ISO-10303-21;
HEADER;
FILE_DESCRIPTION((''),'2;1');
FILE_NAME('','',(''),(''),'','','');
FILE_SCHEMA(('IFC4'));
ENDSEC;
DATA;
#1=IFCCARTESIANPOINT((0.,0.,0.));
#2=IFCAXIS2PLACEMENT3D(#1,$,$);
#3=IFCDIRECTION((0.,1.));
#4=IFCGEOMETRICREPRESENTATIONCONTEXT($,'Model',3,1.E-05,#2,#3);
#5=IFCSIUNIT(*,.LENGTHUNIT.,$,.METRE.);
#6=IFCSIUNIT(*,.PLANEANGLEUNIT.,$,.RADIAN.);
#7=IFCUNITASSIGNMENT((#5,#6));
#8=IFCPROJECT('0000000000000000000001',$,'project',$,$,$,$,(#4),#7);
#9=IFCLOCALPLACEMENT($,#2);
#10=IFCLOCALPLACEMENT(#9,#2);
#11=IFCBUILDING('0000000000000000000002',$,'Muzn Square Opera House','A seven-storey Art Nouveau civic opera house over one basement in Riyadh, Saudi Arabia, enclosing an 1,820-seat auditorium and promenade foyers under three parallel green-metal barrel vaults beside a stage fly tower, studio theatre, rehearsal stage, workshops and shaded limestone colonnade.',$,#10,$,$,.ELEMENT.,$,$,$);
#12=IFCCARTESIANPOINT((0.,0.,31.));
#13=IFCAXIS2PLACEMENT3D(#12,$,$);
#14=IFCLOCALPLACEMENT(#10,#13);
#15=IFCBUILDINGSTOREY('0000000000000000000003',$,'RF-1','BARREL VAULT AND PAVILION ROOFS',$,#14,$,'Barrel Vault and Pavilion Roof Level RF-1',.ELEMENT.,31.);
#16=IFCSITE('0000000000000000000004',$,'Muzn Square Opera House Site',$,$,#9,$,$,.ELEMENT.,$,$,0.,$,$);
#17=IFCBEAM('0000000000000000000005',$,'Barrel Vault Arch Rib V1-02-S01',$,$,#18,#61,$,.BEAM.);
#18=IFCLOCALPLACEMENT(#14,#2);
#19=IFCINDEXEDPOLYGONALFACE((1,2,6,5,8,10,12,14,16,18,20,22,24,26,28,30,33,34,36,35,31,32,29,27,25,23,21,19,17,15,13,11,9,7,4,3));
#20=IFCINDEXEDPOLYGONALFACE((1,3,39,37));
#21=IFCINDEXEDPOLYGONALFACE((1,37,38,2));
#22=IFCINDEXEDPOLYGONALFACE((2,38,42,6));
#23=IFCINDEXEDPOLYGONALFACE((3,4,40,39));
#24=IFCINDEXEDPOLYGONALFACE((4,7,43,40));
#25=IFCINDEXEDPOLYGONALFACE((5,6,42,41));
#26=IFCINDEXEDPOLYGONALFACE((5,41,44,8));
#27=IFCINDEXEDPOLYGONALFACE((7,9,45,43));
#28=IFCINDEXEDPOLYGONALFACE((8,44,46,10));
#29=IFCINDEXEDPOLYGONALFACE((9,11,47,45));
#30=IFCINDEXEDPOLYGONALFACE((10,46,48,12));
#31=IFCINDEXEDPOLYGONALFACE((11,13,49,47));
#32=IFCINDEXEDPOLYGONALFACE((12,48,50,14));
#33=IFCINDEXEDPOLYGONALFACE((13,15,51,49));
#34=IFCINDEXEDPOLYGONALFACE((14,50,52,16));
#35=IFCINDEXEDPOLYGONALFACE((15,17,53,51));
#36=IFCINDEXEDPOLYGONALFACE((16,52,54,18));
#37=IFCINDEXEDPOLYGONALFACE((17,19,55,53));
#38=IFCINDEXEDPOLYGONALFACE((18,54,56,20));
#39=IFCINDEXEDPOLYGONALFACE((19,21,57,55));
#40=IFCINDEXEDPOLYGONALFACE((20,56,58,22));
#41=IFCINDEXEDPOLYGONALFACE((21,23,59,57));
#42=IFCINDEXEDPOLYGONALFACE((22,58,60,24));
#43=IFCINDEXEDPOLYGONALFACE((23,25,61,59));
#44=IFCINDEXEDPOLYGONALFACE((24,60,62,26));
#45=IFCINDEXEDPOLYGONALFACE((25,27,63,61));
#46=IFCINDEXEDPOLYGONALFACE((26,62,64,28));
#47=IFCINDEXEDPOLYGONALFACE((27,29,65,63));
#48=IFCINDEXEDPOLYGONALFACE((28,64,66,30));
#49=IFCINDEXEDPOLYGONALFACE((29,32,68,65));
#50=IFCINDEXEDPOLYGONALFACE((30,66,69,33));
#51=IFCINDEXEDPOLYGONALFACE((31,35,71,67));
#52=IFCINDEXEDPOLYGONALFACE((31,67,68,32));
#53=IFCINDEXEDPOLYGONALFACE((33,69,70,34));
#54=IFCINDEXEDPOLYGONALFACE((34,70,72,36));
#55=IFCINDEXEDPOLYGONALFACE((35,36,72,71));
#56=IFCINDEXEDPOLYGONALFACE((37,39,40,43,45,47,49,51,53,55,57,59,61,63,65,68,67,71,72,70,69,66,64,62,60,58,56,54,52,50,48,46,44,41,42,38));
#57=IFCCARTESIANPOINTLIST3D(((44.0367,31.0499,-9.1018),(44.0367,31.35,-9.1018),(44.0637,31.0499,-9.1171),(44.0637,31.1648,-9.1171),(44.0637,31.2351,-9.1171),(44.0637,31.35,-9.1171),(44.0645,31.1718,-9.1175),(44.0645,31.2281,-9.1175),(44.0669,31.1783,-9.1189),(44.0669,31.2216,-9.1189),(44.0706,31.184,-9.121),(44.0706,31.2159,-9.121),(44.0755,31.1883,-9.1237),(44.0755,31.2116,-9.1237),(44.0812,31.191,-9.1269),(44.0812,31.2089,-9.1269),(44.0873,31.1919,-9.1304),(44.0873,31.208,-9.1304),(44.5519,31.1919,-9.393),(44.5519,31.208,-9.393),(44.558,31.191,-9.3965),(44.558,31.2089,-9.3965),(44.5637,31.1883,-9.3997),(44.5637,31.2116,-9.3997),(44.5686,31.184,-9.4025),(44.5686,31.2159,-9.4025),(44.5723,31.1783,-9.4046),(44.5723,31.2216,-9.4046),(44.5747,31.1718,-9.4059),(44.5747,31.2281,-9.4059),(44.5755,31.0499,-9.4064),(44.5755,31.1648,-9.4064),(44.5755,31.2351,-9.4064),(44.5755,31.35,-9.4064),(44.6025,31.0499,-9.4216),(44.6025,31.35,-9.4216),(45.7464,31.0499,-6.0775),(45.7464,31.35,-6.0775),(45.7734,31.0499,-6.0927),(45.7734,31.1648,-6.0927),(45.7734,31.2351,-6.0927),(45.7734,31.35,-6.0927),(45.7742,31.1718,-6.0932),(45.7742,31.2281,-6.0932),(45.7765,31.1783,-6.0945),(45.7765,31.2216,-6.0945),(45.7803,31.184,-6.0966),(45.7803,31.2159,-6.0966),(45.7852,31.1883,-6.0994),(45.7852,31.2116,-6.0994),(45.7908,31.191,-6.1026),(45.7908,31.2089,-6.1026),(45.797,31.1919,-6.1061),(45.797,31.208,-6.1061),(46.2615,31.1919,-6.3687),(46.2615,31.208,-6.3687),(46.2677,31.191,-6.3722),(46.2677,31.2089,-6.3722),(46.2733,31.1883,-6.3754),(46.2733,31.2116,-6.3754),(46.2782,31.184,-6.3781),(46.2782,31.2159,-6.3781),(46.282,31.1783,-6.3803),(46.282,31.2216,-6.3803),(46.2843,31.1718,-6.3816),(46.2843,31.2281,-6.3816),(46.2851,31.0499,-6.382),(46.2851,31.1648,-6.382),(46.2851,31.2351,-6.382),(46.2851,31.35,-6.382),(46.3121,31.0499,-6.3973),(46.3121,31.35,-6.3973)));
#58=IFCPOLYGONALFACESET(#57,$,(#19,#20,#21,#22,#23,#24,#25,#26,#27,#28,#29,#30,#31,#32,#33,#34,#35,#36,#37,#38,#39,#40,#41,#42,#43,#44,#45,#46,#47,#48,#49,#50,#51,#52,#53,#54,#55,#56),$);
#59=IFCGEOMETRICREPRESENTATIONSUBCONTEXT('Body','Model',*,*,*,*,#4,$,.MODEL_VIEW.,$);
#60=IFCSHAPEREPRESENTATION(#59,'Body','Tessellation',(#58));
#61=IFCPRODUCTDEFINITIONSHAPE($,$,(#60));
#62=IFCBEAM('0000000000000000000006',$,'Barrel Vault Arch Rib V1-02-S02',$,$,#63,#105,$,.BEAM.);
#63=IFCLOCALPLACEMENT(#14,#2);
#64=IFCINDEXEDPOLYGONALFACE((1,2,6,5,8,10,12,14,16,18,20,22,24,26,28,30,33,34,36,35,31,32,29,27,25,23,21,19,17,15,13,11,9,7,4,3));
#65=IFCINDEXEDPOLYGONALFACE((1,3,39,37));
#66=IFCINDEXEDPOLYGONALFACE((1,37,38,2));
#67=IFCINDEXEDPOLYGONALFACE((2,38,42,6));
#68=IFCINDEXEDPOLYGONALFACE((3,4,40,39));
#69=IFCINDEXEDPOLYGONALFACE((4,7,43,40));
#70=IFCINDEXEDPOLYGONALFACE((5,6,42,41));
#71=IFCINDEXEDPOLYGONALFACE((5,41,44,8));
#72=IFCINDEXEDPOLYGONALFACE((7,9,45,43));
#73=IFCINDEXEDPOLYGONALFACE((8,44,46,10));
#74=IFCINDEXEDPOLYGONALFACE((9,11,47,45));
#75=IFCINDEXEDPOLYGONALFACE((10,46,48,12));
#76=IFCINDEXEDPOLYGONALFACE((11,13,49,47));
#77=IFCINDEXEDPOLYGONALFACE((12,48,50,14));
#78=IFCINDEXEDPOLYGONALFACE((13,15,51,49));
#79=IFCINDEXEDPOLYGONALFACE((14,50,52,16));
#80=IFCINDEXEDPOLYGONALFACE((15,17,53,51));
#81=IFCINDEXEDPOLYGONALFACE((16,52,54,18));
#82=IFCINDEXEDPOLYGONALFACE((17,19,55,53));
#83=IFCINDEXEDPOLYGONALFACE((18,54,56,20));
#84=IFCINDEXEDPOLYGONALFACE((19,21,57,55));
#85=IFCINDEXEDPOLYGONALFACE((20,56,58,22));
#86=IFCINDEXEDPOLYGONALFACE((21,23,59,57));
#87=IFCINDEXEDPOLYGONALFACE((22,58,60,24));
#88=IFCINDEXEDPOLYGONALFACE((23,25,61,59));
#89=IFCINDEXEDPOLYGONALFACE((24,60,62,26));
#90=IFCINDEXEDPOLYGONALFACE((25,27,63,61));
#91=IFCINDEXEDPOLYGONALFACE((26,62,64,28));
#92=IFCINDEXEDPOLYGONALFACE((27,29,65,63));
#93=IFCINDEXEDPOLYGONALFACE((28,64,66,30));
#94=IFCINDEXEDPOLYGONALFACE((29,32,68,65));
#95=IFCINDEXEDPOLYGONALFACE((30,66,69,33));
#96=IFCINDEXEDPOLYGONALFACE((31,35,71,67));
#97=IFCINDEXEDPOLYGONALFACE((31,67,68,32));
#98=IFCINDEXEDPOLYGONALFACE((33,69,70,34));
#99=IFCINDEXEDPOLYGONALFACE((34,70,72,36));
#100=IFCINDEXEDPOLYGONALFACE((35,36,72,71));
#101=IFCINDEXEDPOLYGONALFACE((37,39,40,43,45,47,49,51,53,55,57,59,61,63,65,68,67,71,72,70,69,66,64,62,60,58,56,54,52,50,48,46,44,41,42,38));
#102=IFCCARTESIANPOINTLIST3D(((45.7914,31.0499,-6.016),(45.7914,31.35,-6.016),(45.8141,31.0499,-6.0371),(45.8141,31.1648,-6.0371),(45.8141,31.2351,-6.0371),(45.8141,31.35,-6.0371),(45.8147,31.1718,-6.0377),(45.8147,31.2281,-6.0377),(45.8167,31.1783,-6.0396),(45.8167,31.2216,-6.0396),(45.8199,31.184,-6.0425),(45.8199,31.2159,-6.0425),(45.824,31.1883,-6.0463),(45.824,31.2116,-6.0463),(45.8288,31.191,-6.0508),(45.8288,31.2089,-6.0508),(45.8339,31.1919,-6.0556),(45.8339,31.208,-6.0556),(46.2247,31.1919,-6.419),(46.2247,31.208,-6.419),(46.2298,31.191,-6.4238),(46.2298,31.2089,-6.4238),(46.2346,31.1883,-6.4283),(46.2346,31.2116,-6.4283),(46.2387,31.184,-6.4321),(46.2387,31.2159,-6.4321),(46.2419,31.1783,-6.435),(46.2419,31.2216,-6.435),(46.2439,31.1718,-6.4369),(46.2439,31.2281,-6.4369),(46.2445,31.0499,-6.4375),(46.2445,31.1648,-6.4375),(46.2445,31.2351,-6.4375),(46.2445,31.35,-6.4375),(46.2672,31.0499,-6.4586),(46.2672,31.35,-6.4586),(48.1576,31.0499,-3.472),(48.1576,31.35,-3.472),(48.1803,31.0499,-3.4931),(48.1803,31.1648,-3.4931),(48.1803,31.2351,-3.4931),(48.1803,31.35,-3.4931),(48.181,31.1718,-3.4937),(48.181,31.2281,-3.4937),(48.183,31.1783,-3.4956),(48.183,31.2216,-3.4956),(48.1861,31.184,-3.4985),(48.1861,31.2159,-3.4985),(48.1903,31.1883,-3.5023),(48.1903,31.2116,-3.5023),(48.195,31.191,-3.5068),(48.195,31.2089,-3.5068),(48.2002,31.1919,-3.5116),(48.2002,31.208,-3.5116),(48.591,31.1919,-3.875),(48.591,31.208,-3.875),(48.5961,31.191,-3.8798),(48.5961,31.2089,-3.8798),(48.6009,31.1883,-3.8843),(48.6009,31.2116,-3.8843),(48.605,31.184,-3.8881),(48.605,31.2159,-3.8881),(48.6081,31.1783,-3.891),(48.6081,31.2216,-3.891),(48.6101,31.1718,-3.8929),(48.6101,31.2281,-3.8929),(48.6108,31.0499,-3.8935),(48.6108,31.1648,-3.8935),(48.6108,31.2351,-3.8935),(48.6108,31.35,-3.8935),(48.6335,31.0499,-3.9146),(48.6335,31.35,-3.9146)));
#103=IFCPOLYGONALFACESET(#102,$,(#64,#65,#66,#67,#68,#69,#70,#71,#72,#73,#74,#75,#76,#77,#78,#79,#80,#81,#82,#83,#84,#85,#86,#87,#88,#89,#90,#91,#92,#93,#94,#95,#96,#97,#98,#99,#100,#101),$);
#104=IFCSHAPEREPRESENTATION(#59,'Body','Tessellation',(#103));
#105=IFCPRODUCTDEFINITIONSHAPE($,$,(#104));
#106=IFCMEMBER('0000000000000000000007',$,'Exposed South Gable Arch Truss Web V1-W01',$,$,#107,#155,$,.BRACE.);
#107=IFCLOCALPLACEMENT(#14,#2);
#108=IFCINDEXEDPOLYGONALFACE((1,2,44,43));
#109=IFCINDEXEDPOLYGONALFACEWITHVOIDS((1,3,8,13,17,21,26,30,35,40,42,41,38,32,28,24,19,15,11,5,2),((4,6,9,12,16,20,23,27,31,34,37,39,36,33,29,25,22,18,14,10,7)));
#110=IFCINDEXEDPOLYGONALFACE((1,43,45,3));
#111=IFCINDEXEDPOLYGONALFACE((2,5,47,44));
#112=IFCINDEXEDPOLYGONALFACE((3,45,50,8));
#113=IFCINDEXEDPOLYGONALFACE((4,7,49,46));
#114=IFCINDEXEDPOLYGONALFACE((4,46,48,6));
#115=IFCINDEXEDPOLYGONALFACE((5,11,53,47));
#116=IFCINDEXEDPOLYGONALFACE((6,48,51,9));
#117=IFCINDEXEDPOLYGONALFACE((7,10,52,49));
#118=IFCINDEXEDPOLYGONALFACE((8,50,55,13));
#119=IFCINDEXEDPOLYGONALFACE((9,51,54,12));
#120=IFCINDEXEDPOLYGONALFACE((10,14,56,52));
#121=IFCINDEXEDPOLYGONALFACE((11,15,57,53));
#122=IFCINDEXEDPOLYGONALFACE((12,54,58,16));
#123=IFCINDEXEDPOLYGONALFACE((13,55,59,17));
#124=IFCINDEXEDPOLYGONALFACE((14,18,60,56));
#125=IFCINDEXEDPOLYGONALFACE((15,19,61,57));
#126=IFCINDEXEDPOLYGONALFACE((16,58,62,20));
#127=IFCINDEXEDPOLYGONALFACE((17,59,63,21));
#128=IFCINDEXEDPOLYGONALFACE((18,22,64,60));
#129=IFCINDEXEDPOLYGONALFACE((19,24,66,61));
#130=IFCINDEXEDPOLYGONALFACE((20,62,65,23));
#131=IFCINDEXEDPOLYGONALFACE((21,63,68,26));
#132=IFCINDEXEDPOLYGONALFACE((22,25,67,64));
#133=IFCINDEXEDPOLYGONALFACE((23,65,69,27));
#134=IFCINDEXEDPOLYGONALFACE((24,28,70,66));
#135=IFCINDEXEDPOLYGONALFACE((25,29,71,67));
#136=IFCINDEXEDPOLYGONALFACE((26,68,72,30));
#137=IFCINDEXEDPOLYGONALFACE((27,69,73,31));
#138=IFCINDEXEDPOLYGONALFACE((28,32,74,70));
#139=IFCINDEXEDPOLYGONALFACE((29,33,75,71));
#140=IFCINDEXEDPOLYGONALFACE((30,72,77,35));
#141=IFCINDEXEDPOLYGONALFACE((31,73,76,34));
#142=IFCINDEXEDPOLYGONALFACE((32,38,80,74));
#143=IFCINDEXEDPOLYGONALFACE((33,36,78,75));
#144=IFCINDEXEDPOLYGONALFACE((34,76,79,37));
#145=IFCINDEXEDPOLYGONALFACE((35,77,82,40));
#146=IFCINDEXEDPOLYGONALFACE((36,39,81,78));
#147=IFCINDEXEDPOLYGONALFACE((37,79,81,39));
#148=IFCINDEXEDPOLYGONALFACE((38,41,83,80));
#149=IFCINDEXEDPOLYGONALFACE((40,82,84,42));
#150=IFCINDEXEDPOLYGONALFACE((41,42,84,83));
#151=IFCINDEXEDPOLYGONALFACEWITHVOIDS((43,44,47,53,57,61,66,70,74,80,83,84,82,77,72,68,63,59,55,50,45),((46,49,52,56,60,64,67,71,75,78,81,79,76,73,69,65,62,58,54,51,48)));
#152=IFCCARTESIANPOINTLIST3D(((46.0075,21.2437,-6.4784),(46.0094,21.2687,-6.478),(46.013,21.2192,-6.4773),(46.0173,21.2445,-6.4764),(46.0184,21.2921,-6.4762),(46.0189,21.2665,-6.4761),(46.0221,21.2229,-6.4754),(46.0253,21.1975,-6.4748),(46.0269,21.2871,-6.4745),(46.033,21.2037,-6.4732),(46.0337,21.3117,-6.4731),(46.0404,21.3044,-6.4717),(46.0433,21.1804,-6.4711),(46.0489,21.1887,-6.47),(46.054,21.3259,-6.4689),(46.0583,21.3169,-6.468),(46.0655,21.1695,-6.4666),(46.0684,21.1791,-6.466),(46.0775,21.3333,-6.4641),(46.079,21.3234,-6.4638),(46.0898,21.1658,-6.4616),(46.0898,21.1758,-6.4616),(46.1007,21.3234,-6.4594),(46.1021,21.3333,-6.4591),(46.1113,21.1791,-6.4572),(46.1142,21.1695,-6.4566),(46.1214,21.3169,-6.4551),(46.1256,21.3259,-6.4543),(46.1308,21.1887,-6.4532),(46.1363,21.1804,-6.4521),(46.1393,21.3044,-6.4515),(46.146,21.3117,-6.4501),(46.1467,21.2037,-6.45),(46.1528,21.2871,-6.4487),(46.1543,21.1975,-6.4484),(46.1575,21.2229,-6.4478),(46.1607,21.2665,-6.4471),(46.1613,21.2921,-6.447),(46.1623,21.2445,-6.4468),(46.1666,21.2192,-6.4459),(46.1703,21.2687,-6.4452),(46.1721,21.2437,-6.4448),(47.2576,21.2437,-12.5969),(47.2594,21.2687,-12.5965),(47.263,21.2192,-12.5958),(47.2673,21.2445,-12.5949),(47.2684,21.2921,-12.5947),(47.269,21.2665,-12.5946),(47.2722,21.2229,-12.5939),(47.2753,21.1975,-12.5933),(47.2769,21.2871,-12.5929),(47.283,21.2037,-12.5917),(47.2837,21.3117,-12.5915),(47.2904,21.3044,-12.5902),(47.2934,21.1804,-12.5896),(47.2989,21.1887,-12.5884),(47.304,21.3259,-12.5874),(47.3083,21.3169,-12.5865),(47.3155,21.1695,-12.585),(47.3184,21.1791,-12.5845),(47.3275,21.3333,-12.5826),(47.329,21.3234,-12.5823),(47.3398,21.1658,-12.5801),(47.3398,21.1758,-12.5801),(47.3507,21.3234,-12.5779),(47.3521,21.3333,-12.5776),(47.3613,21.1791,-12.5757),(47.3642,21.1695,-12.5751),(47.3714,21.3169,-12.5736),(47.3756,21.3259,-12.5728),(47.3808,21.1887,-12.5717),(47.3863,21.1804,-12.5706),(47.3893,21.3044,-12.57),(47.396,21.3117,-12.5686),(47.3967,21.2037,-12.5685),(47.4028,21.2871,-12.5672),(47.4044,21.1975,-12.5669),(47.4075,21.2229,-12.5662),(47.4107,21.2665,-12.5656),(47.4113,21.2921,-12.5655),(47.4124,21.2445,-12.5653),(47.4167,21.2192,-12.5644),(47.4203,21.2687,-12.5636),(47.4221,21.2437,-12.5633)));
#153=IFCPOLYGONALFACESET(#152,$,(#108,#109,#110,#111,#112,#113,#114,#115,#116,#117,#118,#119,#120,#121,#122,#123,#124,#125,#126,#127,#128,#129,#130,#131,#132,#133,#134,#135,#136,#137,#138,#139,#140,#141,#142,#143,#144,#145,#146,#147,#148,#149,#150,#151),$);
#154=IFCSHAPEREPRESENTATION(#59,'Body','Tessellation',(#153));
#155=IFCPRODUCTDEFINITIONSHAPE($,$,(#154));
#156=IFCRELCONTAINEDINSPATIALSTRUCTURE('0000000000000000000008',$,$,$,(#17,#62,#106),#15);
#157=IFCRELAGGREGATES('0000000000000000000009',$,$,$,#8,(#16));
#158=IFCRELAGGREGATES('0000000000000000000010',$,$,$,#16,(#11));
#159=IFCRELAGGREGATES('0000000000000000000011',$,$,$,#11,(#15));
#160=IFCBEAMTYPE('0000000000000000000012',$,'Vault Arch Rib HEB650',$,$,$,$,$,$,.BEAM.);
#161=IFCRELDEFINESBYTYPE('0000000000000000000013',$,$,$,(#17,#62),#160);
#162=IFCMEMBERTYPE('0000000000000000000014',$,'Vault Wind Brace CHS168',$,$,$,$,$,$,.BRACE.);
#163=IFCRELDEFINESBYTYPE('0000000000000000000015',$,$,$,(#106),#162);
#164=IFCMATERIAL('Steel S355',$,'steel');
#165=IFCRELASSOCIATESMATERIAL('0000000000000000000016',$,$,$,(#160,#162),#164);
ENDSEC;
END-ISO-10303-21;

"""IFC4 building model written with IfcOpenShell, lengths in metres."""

from ifc_helpers import new_model, si_unit, direction, frame, origin, origin_2d, place, context, subcontext, project, spatial, hollow_circle, i_section, extrude, material, material_profile, profile_set, type_object, element, save


model = new_model("IFC4")

# Units and contexts
model_context = context("Model", 3, precision=1e-05, world=origin(), true_north=direction((0.0, 1.0)))
body_context = subcontext(model_context, "Body", "Model", "MODEL_VIEW")
ifc_project = project(units=[si_unit("LENGTHUNIT", "METRE"), si_unit("PLANEANGLEUNIT", "RADIAN")], contexts=[model_context])

# Site, building, storey
site_placement = place(None, origin())
site = spatial("IfcSite", under=ifc_project, at=site_placement, Name="Muzn Square Opera House Site", CompositionType="ELEMENT", RefElevation=0.0)
building_placement = place(site_placement, origin())
building = spatial("IfcBuilding", under=site, at=building_placement, Name="Muzn Square Opera House", Description="A seven-storey Art Nouveau civic opera house over one basement in Riyadh, Saudi Arabia, enclosing an 1,820-seat auditorium and promenade foyers under three parallel green-metal barrel vaults beside a stage fly tower, studio theatre, rehearsal stage, workshops and shaded limestone colonnade.", CompositionType="ELEMENT")
storey_placement = place(building_placement, frame((0.0, 0.0, 31.0)))
storey = spatial("IfcBuildingStorey", under=building, at=storey_placement, Name="RF-1", Description="BARREL VAULT AND PAVILION ROOFS", LongName="Barrel Vault and Pavilion Roof Level RF-1", CompositionType="ELEMENT", Elevation=31.0)

# Beams
ifc_material_1 = material(Name="Steel S355", Category="steel")
ifc_material_profile_1 = material_profile(ifc_material_1, i_section(OverallWidth=0.3, OverallDepth=0.6499, WebThickness=0.0161, FlangeThickness=0.031, FilletRadius=0.0271, at=origin_2d()), Name="HEB 650", Category="steel")
ifc_profile_set_1 = profile_set([ifc_material_profile_1], Name="Steel S355")
beam_type_1 = type_object("IfcBeamType", Name="Vault Arch Rib HEB650", PredefinedType="BEAM", material=ifc_profile_set_1)
beam_1_placement = place(storey_placement, frame((44.3196, 31.2, -9.2617), z_axis=(0.492115, 0.0, 0.87053), x_axis=(0.0, 1.0, 0.0)))
element("IfcBeam", 1, at=beam_1_placement, inside=storey, type_object=beam_type_1, Name="Barrel Vault Arch Rib V1-02-S01", PredefinedType="BEAM", context=body_context, shape_type="SweptSolid", body=[
    extrude(i_section(OverallWidth=0.3, OverallDepth=0.6499, WebThickness=0.0161, FlangeThickness=0.031, FilletRadius=0.0271, at=origin_2d()), origin(), (0.0, 0.0, 1.0), 3.4741),
])
beam_2_placement = place(storey_placement, frame((46.0293, 31.2, -6.2373), z_axis=(0.681065, 0.0, 0.732223), x_axis=(0.0, 1.0, 0.0)))
element("IfcBeam", 2, at=beam_2_placement, inside=storey, type_object=beam_type_1, Name="Barrel Vault Arch Rib V1-02-S02", PredefinedType="BEAM", context=body_context, shape_type="SweptSolid", body=[
    extrude(i_section(OverallWidth=0.3, OverallDepth=0.6499, WebThickness=0.0161, FlangeThickness=0.031, FilletRadius=0.0271, at=origin_2d()), origin(), (0.0, 0.0, 1.0), 3.4744),
])

# Member
ifc_material_profile_2 = material_profile(ifc_material_1, hollow_circle(Radius=0.0842, WallThickness=0.01, at=origin_2d()), Name="CHS 168.3x10", Category="steel")
ifc_profile_set_2 = profile_set([ifc_material_profile_2], Name="Steel S355")
member_type = type_object("IfcMemberType", Name="Vault Wind Brace CHS168", PredefinedType="BRACE", material=ifc_profile_set_2)
member_1_placement = place(storey_placement, frame((47.3398, 21.25, -12.5801), z_axis=(-0.200167, 0.0, 0.979762), x_axis=(0.0, -1.0, 0.0)))
element("IfcMember", 3, at=member_1_placement, inside=storey, type_object=member_type, Name="Exposed South Gable Arch Truss Web V1-W01", PredefinedType="BRACE", context=body_context, shape_type="SweptSolid", body=[
    extrude(hollow_circle(Radius=0.0842, WallThickness=0.01, at=origin_2d()), origin(), (0.0, 0.0, 1.0), 6.2449),
])

save(model, "model.ifc")
